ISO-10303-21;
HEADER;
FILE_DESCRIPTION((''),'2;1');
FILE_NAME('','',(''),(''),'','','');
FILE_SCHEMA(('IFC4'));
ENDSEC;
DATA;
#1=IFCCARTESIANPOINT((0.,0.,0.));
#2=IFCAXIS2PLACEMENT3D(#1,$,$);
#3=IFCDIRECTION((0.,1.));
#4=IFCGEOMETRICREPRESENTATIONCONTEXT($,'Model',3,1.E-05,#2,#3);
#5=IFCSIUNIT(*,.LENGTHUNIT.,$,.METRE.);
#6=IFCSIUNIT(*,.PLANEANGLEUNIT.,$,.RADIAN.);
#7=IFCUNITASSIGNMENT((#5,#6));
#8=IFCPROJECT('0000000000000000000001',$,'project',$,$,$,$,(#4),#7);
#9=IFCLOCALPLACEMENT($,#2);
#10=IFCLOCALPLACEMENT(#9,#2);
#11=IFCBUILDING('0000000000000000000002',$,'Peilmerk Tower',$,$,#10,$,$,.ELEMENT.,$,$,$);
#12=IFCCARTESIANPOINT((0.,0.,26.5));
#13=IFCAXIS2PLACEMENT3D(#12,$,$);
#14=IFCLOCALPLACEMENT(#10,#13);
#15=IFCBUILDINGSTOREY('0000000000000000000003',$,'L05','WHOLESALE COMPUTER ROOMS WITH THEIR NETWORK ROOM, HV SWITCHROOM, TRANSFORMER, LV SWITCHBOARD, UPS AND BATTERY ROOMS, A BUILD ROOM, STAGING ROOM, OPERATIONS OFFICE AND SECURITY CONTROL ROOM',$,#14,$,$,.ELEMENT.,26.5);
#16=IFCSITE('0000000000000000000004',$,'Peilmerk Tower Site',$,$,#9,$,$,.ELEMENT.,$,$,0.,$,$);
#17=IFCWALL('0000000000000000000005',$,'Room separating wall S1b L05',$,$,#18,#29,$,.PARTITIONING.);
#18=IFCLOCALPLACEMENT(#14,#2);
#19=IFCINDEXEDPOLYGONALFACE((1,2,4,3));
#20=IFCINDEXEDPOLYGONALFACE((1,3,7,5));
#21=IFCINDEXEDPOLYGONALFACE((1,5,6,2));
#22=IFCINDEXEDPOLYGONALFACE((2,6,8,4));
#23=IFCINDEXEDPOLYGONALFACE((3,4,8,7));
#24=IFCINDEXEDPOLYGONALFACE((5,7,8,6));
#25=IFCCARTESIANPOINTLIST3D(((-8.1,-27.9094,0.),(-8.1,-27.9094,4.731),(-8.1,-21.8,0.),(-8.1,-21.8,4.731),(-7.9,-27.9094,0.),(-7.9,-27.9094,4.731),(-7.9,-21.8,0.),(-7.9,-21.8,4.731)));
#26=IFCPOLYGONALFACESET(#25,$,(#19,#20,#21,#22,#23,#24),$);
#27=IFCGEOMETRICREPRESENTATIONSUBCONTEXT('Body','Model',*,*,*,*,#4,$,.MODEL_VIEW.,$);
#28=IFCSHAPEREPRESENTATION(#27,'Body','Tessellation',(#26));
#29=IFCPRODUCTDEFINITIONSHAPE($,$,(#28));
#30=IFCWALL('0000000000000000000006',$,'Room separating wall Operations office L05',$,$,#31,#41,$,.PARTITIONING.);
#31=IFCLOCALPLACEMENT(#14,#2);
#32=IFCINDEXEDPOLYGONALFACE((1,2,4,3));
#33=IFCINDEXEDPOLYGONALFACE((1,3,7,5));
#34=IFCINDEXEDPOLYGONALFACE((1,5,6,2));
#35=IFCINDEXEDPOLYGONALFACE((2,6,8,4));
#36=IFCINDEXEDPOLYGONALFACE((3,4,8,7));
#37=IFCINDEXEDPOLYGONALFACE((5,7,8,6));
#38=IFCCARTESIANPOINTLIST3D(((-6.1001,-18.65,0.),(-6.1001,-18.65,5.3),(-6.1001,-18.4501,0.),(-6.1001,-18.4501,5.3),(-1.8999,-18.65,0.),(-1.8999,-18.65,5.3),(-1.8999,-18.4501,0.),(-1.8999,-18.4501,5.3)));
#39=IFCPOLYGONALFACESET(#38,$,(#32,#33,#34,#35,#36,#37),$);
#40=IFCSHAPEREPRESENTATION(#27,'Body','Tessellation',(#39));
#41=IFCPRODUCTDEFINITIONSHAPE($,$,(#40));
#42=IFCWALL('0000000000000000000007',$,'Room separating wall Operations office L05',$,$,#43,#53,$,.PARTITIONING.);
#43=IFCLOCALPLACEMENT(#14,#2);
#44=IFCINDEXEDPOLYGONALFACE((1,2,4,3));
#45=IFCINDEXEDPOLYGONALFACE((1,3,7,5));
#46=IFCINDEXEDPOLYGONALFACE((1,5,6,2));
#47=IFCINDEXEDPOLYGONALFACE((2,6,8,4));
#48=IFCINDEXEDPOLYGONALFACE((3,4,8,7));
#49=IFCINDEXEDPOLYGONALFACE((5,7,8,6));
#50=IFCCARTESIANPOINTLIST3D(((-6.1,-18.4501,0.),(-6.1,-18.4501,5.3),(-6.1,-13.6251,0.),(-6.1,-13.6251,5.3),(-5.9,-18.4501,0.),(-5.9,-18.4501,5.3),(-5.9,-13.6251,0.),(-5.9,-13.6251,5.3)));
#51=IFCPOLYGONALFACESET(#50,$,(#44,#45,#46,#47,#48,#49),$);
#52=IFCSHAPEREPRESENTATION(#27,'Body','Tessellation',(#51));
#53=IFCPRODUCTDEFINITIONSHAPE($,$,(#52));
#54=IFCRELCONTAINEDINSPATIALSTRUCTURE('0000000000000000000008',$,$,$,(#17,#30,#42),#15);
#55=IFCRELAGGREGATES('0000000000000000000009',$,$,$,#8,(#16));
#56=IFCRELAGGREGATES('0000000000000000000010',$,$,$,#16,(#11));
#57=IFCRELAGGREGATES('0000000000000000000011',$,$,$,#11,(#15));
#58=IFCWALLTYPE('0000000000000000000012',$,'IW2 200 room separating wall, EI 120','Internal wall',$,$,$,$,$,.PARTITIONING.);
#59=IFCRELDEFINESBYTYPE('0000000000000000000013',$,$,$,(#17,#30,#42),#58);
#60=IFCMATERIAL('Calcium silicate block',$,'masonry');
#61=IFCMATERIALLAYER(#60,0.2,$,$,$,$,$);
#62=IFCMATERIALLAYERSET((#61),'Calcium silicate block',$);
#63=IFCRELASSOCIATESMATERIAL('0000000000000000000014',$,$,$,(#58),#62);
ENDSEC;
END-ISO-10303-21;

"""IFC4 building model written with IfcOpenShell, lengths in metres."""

from ifc_helpers import new_model, si_unit, direction, frame, frame_2d, origin, place, context, subcontext, project, spatial, rectangle, extrude, material, layer, layer_set, type_object, element, save


model = new_model("IFC4")

# Units and contexts
model_context = context("Model", 3, precision=1e-05, world=origin(), true_north=direction((0.0, 1.0)))
body_context = subcontext(model_context, "Body", "Model", "MODEL_VIEW")
ifc_project = project(units=[si_unit("LENGTHUNIT", "METRE"), si_unit("PLANEANGLEUNIT", "RADIAN")], contexts=[model_context])

# Site, building, storey
site_placement = place(None, origin())
site = spatial("IfcSite", under=ifc_project, at=site_placement, Name="Peilmerk Tower Site", CompositionType="ELEMENT", RefElevation=0.0)
building_placement = place(site_placement, origin())
building = spatial("IfcBuilding", under=site, at=building_placement, Name="Peilmerk Tower", CompositionType="ELEMENT")
storey_placement = place(building_placement, frame((0.0, 0.0, 26.5)))
storey = spatial("IfcBuildingStorey", under=building, at=storey_placement, Name="L05", Description="WHOLESALE COMPUTER ROOMS WITH THEIR NETWORK ROOM, HV SWITCHROOM, TRANSFORMER, LV SWITCHBOARD, UPS AND BATTERY ROOMS, A BUILD ROOM, STAGING ROOM, OPERATIONS OFFICE AND SECURITY CONTROL ROOM", CompositionType="ELEMENT", Elevation=26.5)

# Walls
ifc_material_1 = material(Name="Calcium silicate block", Category="masonry")
ifc_layer = layer(ifc_material_1, 0.2)
ifc_layer_set = layer_set([ifc_layer], Name="Calcium silicate block")
wall_type = type_object("IfcWallType", Name="IW2 200 room separating wall, EI 120", Description="Internal wall", PredefinedType="PARTITIONING", material=ifc_layer_set)
wall_1_placement = place(storey_placement, frame((-8.0, -21.8, 0.0), z_axis=(0.0, 0.0, 1.0), x_axis=(0.0, -1.0, 0.0)))
element("IfcWall", 1, at=wall_1_placement, inside=storey, type_object=wall_type, Name="Room separating wall S1b L05", PredefinedType="PARTITIONING", context=body_context, shape_type="SweptSolid", body=[
    extrude(rectangle(XDim=6.1094, YDim=0.2, at=frame_2d((3.0547, 0.0))), origin(), (0.0, 0.0, 1.0), 4.731),
])
wall_2_placement = place(storey_placement, frame((-6.1001, -18.55, 0.0), z_axis=(0.0, 0.0, 1.0), x_axis=(1.0, 0.0, 0.0)))
element("IfcWall", 2, at=wall_2_placement, inside=storey, type_object=wall_type, Name="Room separating wall Operations office L05", PredefinedType="PARTITIONING", context=body_context, shape_type="SweptSolid", body=[
    extrude(rectangle(XDim=4.2002, YDim=0.2, at=frame_2d((2.1001, 0.0))), origin(), (0.0, 0.0, 1.0), 5.3),
])
wall_3_placement = place(storey_placement, frame((-6.0, -13.625, 0.0), z_axis=(0.0, 0.0, 1.0), x_axis=(0.0, -1.0, 0.0)))
element("IfcWall", 3, at=wall_3_placement, inside=storey, type_object=wall_type, Name="Room separating wall Operations office L05", PredefinedType="PARTITIONING", context=body_context, shape_type="SweptSolid", body=[
    extrude(rectangle(XDim=4.825, YDim=0.2, at=frame_2d((2.4126, 0.0))), origin(), (0.0, 0.0, 1.0), 5.3),
])

save(model, "model.ifc")
